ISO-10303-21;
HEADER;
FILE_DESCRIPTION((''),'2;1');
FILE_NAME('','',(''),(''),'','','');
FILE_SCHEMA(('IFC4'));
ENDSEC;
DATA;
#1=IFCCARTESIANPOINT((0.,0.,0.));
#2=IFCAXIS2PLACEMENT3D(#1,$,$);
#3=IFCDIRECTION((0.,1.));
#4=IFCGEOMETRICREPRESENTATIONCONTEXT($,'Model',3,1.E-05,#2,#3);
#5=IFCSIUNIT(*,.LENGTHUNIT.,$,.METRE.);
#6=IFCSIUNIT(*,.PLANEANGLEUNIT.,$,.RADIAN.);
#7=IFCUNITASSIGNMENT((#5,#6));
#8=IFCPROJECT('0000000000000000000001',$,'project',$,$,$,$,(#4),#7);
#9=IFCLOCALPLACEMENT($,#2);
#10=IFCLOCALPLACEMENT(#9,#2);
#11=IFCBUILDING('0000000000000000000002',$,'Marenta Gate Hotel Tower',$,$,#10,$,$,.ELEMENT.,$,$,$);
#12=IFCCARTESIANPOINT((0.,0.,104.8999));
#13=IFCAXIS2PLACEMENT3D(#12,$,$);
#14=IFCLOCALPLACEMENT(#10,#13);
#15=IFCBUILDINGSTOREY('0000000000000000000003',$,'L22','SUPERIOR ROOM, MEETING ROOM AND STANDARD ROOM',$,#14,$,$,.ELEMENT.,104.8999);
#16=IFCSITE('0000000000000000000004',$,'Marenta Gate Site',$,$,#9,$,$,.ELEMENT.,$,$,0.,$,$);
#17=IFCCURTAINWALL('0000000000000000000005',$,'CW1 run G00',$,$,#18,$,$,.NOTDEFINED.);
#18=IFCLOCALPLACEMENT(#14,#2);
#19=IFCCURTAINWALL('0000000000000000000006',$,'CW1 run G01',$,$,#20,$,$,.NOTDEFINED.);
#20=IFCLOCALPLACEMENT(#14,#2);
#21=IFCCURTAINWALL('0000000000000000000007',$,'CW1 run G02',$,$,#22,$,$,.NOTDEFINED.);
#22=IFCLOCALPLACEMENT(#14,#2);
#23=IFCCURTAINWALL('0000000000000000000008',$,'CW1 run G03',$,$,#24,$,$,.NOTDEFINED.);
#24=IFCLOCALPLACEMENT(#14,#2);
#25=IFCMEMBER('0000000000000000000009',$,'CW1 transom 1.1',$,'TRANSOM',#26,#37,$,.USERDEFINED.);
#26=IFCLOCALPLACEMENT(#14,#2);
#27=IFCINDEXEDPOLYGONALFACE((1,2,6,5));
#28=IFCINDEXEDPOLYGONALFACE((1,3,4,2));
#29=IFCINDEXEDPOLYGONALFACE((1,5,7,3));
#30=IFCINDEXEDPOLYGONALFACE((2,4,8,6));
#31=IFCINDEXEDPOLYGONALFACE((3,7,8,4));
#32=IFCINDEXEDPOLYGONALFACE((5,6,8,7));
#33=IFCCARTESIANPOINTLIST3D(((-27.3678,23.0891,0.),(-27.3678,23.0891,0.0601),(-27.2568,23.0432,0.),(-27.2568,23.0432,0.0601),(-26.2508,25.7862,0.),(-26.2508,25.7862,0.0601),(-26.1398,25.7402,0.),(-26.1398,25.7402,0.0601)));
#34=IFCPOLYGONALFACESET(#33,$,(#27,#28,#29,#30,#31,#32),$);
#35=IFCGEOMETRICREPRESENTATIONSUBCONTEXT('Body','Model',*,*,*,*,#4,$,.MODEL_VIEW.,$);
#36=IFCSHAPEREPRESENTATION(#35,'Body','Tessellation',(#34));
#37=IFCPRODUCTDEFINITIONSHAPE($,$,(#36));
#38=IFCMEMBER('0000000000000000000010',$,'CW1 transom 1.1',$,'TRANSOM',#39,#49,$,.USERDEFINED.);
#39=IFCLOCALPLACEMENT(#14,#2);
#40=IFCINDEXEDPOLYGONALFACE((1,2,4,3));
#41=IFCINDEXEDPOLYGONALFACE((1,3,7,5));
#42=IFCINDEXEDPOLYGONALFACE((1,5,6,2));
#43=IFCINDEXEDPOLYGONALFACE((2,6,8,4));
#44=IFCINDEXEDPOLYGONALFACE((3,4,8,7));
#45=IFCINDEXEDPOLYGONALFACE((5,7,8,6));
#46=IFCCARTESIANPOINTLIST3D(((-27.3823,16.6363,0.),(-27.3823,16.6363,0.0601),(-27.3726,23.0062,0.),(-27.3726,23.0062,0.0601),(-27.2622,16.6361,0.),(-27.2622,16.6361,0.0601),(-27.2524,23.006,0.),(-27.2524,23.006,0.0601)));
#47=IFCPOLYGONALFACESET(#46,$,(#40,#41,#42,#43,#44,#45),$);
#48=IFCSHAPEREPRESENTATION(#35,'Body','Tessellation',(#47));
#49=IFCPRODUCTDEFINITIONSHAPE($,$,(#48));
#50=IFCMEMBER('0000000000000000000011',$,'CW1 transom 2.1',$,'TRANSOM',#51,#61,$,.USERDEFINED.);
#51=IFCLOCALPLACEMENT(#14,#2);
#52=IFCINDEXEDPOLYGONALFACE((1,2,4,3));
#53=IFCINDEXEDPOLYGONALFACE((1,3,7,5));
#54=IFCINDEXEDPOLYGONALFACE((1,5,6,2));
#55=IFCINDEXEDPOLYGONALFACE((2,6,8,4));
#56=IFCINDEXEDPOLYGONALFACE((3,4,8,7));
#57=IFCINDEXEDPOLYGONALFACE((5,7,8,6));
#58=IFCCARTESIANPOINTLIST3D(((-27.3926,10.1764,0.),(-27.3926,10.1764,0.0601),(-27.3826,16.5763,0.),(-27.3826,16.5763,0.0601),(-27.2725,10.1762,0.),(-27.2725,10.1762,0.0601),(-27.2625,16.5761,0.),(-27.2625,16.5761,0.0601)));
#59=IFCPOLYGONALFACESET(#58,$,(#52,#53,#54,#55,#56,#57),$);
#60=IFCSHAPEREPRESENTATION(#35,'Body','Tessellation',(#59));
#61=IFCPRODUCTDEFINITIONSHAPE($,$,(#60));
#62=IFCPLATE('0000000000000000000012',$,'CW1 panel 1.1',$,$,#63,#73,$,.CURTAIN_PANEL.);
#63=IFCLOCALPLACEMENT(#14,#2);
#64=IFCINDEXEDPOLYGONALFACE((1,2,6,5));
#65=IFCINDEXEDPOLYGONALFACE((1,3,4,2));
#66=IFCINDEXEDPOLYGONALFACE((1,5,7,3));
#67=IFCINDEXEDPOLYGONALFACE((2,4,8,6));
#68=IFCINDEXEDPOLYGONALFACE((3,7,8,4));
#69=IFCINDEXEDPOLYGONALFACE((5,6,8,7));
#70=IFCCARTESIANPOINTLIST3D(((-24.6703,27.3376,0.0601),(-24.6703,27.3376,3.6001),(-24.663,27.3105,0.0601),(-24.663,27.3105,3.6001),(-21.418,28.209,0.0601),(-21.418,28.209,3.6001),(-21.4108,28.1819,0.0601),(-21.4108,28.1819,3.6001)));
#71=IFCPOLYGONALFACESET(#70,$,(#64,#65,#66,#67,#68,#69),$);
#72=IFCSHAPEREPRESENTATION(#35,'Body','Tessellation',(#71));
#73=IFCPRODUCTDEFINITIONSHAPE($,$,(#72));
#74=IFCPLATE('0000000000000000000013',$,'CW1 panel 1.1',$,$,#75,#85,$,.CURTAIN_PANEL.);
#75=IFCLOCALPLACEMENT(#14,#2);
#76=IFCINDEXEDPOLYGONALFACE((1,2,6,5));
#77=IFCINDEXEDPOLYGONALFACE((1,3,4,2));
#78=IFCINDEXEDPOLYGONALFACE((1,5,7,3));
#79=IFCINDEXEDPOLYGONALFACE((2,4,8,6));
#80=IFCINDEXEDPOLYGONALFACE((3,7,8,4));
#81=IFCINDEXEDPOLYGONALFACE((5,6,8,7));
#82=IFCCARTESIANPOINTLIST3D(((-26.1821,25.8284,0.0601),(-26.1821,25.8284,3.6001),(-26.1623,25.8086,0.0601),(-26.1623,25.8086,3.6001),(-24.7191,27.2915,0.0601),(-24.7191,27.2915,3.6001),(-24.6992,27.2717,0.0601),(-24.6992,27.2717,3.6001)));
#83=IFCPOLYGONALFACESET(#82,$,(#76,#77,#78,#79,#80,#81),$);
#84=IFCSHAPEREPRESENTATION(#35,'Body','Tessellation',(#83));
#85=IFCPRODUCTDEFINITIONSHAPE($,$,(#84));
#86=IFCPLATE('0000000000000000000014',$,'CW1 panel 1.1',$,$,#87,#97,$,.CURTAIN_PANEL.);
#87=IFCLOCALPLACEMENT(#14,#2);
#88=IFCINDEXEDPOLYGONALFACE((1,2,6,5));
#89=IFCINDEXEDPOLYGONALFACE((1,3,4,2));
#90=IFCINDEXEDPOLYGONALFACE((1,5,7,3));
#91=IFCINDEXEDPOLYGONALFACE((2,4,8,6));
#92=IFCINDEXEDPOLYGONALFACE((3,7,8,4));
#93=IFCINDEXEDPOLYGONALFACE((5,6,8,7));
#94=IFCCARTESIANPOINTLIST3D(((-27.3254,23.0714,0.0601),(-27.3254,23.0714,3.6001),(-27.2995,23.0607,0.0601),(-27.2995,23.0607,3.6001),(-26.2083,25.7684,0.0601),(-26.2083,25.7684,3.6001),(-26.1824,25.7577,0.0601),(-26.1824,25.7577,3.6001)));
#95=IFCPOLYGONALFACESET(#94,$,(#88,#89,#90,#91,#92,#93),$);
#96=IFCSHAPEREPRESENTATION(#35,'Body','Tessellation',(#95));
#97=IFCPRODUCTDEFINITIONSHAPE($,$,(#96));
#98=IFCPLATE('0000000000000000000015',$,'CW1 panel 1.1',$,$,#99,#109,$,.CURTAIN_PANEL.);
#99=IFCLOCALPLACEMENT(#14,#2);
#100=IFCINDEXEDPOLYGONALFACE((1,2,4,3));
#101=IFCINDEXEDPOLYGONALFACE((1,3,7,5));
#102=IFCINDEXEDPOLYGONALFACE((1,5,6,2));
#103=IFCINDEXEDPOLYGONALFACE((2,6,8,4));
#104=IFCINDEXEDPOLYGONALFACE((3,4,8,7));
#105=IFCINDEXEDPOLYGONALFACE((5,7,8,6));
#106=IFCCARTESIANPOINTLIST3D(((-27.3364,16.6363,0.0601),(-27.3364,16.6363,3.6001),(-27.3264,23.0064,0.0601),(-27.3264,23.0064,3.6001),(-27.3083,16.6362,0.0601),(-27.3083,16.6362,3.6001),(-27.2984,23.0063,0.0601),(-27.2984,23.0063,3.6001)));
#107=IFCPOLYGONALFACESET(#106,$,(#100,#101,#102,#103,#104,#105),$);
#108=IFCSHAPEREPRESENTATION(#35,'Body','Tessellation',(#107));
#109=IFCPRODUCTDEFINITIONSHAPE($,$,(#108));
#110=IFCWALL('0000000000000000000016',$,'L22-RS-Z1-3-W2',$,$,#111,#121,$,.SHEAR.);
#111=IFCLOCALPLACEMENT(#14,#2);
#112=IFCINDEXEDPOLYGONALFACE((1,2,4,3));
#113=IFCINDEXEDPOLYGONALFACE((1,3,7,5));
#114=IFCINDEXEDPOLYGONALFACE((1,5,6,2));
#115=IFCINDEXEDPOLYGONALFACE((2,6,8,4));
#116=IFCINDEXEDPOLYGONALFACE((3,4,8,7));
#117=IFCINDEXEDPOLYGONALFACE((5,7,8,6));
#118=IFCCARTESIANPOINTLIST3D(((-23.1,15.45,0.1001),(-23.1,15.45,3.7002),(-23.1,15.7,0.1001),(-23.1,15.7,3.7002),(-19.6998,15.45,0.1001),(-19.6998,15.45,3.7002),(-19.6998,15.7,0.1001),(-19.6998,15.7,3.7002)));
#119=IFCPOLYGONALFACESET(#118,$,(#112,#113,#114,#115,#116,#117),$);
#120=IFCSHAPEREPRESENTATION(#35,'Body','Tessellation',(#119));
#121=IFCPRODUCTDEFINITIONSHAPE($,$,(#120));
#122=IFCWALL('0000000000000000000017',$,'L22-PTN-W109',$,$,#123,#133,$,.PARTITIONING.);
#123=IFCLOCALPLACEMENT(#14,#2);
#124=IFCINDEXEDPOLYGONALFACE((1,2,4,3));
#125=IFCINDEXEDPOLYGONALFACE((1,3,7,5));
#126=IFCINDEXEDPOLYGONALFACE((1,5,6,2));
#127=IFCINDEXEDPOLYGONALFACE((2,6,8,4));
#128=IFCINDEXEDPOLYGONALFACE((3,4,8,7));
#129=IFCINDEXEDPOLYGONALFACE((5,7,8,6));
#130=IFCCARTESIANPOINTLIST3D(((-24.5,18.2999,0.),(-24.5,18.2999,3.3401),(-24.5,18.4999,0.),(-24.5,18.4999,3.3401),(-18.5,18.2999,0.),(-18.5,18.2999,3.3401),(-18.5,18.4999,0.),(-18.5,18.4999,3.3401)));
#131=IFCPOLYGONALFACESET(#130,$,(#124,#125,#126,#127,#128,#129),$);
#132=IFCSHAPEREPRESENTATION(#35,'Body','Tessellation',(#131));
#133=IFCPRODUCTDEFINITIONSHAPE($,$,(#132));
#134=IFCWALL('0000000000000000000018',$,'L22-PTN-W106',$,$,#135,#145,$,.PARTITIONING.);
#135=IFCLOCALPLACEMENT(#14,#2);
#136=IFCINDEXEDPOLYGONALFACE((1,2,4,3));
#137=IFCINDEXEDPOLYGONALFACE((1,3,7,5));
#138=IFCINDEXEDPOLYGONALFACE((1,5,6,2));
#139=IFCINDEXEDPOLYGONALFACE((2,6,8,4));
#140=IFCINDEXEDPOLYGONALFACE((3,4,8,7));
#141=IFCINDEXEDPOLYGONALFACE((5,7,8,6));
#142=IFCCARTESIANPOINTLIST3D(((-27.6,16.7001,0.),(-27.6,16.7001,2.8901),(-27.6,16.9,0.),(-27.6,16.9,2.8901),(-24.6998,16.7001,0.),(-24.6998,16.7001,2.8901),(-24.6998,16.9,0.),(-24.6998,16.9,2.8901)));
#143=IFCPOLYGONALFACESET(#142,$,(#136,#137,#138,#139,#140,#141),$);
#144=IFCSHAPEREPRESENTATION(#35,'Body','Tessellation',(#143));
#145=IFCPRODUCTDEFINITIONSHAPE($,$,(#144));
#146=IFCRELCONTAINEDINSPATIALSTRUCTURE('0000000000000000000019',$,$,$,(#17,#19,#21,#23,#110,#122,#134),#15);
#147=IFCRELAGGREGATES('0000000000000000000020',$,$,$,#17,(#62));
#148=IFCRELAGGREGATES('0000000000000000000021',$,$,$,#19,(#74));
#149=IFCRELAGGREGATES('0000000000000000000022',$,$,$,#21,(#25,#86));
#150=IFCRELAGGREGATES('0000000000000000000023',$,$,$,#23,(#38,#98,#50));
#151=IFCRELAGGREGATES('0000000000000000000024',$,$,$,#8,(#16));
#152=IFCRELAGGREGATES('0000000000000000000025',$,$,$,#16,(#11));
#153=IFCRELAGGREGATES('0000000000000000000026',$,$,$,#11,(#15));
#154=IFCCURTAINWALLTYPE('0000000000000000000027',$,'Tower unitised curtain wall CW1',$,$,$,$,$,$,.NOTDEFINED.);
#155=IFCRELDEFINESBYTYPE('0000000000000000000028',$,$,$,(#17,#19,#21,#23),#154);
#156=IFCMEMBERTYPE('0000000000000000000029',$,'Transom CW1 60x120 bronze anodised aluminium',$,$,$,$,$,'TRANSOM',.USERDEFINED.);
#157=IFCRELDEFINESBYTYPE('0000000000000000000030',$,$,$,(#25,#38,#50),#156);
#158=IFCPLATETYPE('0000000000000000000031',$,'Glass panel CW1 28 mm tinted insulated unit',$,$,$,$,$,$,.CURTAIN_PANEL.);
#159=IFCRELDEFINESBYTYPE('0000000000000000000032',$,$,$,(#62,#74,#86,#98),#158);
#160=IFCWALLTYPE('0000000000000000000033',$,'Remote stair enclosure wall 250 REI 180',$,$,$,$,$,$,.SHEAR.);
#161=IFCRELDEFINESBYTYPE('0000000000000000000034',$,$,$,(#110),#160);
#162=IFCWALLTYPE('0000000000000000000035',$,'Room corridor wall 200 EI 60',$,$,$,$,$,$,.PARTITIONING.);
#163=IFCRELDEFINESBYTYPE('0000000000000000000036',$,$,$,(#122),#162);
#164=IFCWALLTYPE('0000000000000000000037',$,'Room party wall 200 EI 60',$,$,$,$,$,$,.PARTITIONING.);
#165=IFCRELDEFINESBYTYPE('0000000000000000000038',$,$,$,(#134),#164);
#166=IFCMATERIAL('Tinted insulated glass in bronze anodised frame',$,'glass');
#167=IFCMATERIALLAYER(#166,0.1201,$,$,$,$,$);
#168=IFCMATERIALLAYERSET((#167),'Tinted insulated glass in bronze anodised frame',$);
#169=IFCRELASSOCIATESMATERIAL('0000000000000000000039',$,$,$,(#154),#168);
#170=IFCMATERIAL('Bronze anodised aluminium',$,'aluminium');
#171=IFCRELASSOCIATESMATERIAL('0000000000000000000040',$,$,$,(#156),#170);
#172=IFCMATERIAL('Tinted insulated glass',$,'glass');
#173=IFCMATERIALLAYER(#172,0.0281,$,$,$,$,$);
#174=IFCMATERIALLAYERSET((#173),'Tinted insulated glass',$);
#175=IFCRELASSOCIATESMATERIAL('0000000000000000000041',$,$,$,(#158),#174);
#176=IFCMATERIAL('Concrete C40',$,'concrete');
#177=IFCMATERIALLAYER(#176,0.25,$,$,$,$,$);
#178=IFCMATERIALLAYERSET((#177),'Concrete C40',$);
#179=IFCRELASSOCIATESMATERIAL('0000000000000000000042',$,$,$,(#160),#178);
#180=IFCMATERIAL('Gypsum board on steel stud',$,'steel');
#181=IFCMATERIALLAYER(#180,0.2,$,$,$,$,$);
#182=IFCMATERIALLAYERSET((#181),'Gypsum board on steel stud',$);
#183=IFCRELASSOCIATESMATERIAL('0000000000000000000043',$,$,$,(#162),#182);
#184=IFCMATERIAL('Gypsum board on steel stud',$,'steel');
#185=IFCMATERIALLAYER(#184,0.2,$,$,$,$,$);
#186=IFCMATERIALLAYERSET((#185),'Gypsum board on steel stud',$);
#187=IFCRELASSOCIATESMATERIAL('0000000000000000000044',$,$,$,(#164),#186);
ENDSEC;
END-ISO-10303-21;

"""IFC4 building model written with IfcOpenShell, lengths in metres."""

from ifc_helpers import new_model, si_unit, direction, frame, frame_2d, origin, origin_2d, place, context, subcontext, project, spatial, rectangle, extrude, material, layer, layer_set, material_profile, profile_set, type_object, element, aggregate, save


model = new_model("IFC4")

# Units and contexts
model_context = context("Model", 3, precision=1e-05, world=origin(), true_north=direction((0.0, 1.0)))
body_context = subcontext(model_context, "Body", "Model", "MODEL_VIEW")
ifc_project = project(units=[si_unit("LENGTHUNIT", "METRE"), si_unit("PLANEANGLEUNIT", "RADIAN")], contexts=[model_context])

# Site, building, storey
site_placement = place(None, origin())
site = spatial("IfcSite", under=ifc_project, at=site_placement, Name="Marenta Gate Site", CompositionType="ELEMENT", RefElevation=0.0)
building_placement = place(site_placement, origin())
building = spatial("IfcBuilding", under=site, at=building_placement, Name="Marenta Gate Hotel Tower", CompositionType="ELEMENT")
storey_placement = place(building_placement, frame((0.0, 0.0, 104.8999)))
storey = spatial("IfcBuildingStorey", under=building, at=storey_placement, Name="L22", Description="SUPERIOR ROOM, MEETING ROOM AND STANDARD ROOM", CompositionType="ELEMENT", Elevation=104.8999)

# Curtain walls
ifc_material_1 = material(Name="Tinted insulated glass in bronze anodised frame", Category="glass")
ifc_layer_1 = layer(ifc_material_1, 0.1201)
ifc_layer_set_1 = layer_set([ifc_layer_1], Name="Tinted insulated glass in bronze anodised frame")
curtain_wall_type = type_object("IfcCurtainWallType", Name="Tower unitised curtain wall CW1", PredefinedType="NOTDEFINED", material=ifc_layer_set_1)
curtain_wall_1_placement = place(storey_placement, origin())
curtain_wall_1 = element("IfcCurtainWall", 1, at=curtain_wall_1_placement, inside=storey, type_object=curtain_wall_type, Name="CW1 run G00", PredefinedType="NOTDEFINED")
curtain_wall_2_placement = place(storey_placement, origin())
curtain_wall_2 = element("IfcCurtainWall", 2, at=curtain_wall_2_placement, inside=storey, type_object=curtain_wall_type, Name="CW1 run G01", PredefinedType="NOTDEFINED")
curtain_wall_3_placement = place(storey_placement, origin())
curtain_wall_3 = element("IfcCurtainWall", 3, at=curtain_wall_3_placement, inside=storey, type_object=curtain_wall_type, Name="CW1 run G02", PredefinedType="NOTDEFINED")

# Curtain wall
curtain_wall_4_placement = place(storey_placement, origin())
curtain_wall_4 = element("IfcCurtainWall", 4, at=curtain_wall_4_placement, inside=storey, type_object=curtain_wall_type, Name="CW1 run G03", PredefinedType="NOTDEFINED")

# Members
ifc_material_2 = material(Name="Bronze anodised aluminium", Category="aluminium")
ifc_material_profile_1 = material_profile(ifc_material_2, rectangle(XDim=0.1201, YDim=0.0601, at=origin_2d()), Name="Transom CW1 60x120 bronze anodised aluminium")
ifc_profile_set_1 = profile_set([ifc_material_profile_1], Name="Bronze anodised aluminium")
member_type_1 = type_object("IfcMemberType", Name="Transom CW1 60x120 bronze anodised aluminium", ElementType="TRANSOM", PredefinedType="USERDEFINED", material=ifc_profile_set_1)
member_1_placement = place(storey_placement, frame((-26.1953, 25.7632, 0.03), z_axis=(-0.382625, -0.923904, 0.0), x_axis=(0.923904, -0.382625, 0.0)))
member_1 = element("IfcMember", 5, at=member_1_placement, type_object=member_type_1, Name="CW1 transom 1.1", ObjectType="TRANSOM", PredefinedType="USERDEFINED", context=body_context, shape_type="SweptSolid", body=[
    extrude(rectangle(XDim=0.1201, YDim=0.0601, at=origin_2d()), origin(), (0.0, 0.0, 1.0), 2.9192),
])
member_2_placement = place(storey_placement, frame((-27.3125, 23.0061, 0.03), z_axis=(-0.001533, -0.999999, 0.0), x_axis=(0.999999, -0.001533, 0.0)))
member_2 = element("IfcMember", 6, at=member_2_placement, type_object=member_type_1, Name="CW1 transom 1.1", ObjectType="TRANSOM", PredefinedType="USERDEFINED", context=body_context, shape_type="SweptSolid", body=[
    extrude(rectangle(XDim=0.1201, YDim=0.0601, at=origin_2d()), origin(), (0.0, 0.0, 1.0), 6.3699),
])
member_3_placement = place(storey_placement, frame((-27.3225, 16.5762, 0.03), z_axis=(-0.001564, -0.999999, 0.0), x_axis=(0.999999, -0.001564, 0.0)))
member_3 = element("IfcMember", 7, at=member_3_placement, type_object=member_type_1, Name="CW1 transom 2.1", ObjectType="TRANSOM", PredefinedType="USERDEFINED", context=body_context, shape_type="SweptSolid", body=[
    extrude(rectangle(XDim=0.1201, YDim=0.0601, at=origin_2d()), origin(), (0.0, 0.0, 1.0), 6.3999),
])

# Plates
ifc_material_3 = material(Name="Tinted insulated glass", Category="glass")
ifc_layer_2 = layer(ifc_material_3, 0.0281)
ifc_layer_set_2 = layer_set([ifc_layer_2], Name="Tinted insulated glass")
plate_type = type_object("IfcPlateType", Name="Glass panel CW1 28 mm tinted insulated unit", PredefinedType="CURTAIN_PANEL", material=ifc_layer_set_2)
plate_1_placement = place(storey_placement, frame((-23.0405, 27.7598, 0.0601), z_axis=(0.0, 0.0, 1.0), x_axis=(-0.965931, -0.258801, 0.0)))
plate_1 = element("IfcPlate", 8, at=plate_1_placement, type_object=plate_type, Name="CW1 panel 1.1", PredefinedType="CURTAIN_PANEL", context=body_context, shape_type="SweptSolid", body=[
    extrude(rectangle(XDim=3.3669, YDim=0.0281, at=origin_2d()), origin(), (0.0, 0.0, 1.0), 3.54),
])
aggregate(curtain_wall_1, [plate_1])
plate_2_placement = place(storey_placement, frame((-25.4407, 26.55, 0.0601), z_axis=(0.0, 0.0, 1.0), x_axis=(-0.707107, -0.707107, 0.0)))
plate_2 = element("IfcPlate", 9, at=plate_2_placement, type_object=plate_type, Name="CW1 panel 1.1", PredefinedType="CURTAIN_PANEL", context=body_context, shape_type="SweptSolid", body=[
    extrude(rectangle(XDim=2.0691, YDim=0.0281, at=origin_2d()), origin(), (0.0, 0.0, 1.0), 3.54),
])
aggregate(curtain_wall_2, [plate_2])
plate_3_placement = place(storey_placement, frame((-26.7539, 24.4146, 0.0601), z_axis=(0.0, 0.0, 1.0), x_axis=(-0.382672, -0.923884, 0.0)))
plate_3 = element("IfcPlate", 10, at=plate_3_placement, type_object=plate_type, Name="CW1 panel 1.1", PredefinedType="CURTAIN_PANEL", context=body_context, shape_type="SweptSolid", body=[
    extrude(rectangle(XDim=2.9192, YDim=0.0281, at=origin_2d()), origin(), (0.0, 0.0, 1.0), 3.54),
])
aggregate(curtain_wall_3, [member_1, plate_3])
plate_4_placement = place(storey_placement, frame((-27.3174, 19.8213, 0.0601), z_axis=(0.0, 0.0, 1.0), x_axis=(-0.001566, -0.999999, 0.0)))
plate_4 = element("IfcPlate", 11, at=plate_4_placement, type_object=plate_type, Name="CW1 panel 1.1", PredefinedType="CURTAIN_PANEL", context=body_context, shape_type="SweptSolid", body=[
    extrude(rectangle(XDim=6.3701, YDim=0.0281, at=origin_2d()), origin(), (0.0, 0.0, 1.0), 3.54),
])
aggregate(curtain_wall_4, [member_2, plate_4, member_3])

# Walls
ifc_material_4 = material(Name="Concrete C40", Category="concrete")
ifc_layer_3 = layer(ifc_material_4, 0.25)
ifc_layer_set_3 = layer_set([ifc_layer_3], Name="Concrete C40")
wall_type_1 = type_object("IfcWallType", Name="Remote stair enclosure wall 250 REI 180", PredefinedType="SHEAR", material=ifc_layer_set_3)
wall_1_placement = place(storey_placement, frame((-23.1001, 15.575, 0.1001), z_axis=(0.0, 0.0, 1.0), x_axis=(1.0, 0.0, 0.0)))
element("IfcWall", 12, at=wall_1_placement, inside=storey, type_object=wall_type_1, Name="L22-RS-Z1-3-W2", PredefinedType="SHEAR", context=body_context, shape_type="SweptSolid", body=[
    extrude(rectangle(XDim=3.4001, YDim=0.25, at=frame_2d((1.7002, 0.0))), origin(), (0.0, 0.0, 1.0), 3.6001),
])
ifc_material_5 = material(Name="Gypsum board on steel stud", Category="steel")
ifc_layer_4 = layer(ifc_material_5, 0.2)
ifc_layer_set_4 = layer_set([ifc_layer_4], Name="Gypsum board on steel stud")
wall_type_2 = type_object("IfcWallType", Name="Room corridor wall 200 EI 60", PredefinedType="PARTITIONING", material=ifc_layer_set_4)
wall_2_placement = place(storey_placement, frame((-24.5, 18.3999, 0.0), z_axis=(0.0, 0.0, 1.0), x_axis=(1.0, 0.0, 0.0)))
element("IfcWall", 13, at=wall_2_placement, inside=storey, type_object=wall_type_2, Name="L22-PTN-W109", PredefinedType="PARTITIONING", context=body_context, shape_type="SweptSolid", body=[
    extrude(rectangle(XDim=6.0, YDim=0.2, at=frame_2d((3.0, 0.0))), origin(), (0.0, 0.0, 1.0), 3.3401),
])
ifc_material_6 = material(Name="Gypsum board on steel stud", Category="steel")
ifc_layer_5 = layer(ifc_material_6, 0.2)
ifc_layer_set_5 = layer_set([ifc_layer_5], Name="Gypsum board on steel stud")
wall_type_3 = type_object("IfcWallType", Name="Room party wall 200 EI 60", PredefinedType="PARTITIONING", material=ifc_layer_set_5)
wall_3_placement = place(storey_placement, frame((-27.6001, 16.8, 0.0), z_axis=(0.0, 0.0, 1.0), x_axis=(1.0, 0.0, 0.0)))
element("IfcWall", 14, at=wall_3_placement, inside=storey, type_object=wall_type_3, Name="L22-PTN-W106", PredefinedType="PARTITIONING", context=body_context, shape_type="SweptSolid", body=[
    extrude(rectangle(XDim=2.9001, YDim=0.2, at=frame_2d((1.4502, 0.0))), origin(), (0.0, 0.0, 1.0), 2.8901),
])

save(model, "model.ifc")
